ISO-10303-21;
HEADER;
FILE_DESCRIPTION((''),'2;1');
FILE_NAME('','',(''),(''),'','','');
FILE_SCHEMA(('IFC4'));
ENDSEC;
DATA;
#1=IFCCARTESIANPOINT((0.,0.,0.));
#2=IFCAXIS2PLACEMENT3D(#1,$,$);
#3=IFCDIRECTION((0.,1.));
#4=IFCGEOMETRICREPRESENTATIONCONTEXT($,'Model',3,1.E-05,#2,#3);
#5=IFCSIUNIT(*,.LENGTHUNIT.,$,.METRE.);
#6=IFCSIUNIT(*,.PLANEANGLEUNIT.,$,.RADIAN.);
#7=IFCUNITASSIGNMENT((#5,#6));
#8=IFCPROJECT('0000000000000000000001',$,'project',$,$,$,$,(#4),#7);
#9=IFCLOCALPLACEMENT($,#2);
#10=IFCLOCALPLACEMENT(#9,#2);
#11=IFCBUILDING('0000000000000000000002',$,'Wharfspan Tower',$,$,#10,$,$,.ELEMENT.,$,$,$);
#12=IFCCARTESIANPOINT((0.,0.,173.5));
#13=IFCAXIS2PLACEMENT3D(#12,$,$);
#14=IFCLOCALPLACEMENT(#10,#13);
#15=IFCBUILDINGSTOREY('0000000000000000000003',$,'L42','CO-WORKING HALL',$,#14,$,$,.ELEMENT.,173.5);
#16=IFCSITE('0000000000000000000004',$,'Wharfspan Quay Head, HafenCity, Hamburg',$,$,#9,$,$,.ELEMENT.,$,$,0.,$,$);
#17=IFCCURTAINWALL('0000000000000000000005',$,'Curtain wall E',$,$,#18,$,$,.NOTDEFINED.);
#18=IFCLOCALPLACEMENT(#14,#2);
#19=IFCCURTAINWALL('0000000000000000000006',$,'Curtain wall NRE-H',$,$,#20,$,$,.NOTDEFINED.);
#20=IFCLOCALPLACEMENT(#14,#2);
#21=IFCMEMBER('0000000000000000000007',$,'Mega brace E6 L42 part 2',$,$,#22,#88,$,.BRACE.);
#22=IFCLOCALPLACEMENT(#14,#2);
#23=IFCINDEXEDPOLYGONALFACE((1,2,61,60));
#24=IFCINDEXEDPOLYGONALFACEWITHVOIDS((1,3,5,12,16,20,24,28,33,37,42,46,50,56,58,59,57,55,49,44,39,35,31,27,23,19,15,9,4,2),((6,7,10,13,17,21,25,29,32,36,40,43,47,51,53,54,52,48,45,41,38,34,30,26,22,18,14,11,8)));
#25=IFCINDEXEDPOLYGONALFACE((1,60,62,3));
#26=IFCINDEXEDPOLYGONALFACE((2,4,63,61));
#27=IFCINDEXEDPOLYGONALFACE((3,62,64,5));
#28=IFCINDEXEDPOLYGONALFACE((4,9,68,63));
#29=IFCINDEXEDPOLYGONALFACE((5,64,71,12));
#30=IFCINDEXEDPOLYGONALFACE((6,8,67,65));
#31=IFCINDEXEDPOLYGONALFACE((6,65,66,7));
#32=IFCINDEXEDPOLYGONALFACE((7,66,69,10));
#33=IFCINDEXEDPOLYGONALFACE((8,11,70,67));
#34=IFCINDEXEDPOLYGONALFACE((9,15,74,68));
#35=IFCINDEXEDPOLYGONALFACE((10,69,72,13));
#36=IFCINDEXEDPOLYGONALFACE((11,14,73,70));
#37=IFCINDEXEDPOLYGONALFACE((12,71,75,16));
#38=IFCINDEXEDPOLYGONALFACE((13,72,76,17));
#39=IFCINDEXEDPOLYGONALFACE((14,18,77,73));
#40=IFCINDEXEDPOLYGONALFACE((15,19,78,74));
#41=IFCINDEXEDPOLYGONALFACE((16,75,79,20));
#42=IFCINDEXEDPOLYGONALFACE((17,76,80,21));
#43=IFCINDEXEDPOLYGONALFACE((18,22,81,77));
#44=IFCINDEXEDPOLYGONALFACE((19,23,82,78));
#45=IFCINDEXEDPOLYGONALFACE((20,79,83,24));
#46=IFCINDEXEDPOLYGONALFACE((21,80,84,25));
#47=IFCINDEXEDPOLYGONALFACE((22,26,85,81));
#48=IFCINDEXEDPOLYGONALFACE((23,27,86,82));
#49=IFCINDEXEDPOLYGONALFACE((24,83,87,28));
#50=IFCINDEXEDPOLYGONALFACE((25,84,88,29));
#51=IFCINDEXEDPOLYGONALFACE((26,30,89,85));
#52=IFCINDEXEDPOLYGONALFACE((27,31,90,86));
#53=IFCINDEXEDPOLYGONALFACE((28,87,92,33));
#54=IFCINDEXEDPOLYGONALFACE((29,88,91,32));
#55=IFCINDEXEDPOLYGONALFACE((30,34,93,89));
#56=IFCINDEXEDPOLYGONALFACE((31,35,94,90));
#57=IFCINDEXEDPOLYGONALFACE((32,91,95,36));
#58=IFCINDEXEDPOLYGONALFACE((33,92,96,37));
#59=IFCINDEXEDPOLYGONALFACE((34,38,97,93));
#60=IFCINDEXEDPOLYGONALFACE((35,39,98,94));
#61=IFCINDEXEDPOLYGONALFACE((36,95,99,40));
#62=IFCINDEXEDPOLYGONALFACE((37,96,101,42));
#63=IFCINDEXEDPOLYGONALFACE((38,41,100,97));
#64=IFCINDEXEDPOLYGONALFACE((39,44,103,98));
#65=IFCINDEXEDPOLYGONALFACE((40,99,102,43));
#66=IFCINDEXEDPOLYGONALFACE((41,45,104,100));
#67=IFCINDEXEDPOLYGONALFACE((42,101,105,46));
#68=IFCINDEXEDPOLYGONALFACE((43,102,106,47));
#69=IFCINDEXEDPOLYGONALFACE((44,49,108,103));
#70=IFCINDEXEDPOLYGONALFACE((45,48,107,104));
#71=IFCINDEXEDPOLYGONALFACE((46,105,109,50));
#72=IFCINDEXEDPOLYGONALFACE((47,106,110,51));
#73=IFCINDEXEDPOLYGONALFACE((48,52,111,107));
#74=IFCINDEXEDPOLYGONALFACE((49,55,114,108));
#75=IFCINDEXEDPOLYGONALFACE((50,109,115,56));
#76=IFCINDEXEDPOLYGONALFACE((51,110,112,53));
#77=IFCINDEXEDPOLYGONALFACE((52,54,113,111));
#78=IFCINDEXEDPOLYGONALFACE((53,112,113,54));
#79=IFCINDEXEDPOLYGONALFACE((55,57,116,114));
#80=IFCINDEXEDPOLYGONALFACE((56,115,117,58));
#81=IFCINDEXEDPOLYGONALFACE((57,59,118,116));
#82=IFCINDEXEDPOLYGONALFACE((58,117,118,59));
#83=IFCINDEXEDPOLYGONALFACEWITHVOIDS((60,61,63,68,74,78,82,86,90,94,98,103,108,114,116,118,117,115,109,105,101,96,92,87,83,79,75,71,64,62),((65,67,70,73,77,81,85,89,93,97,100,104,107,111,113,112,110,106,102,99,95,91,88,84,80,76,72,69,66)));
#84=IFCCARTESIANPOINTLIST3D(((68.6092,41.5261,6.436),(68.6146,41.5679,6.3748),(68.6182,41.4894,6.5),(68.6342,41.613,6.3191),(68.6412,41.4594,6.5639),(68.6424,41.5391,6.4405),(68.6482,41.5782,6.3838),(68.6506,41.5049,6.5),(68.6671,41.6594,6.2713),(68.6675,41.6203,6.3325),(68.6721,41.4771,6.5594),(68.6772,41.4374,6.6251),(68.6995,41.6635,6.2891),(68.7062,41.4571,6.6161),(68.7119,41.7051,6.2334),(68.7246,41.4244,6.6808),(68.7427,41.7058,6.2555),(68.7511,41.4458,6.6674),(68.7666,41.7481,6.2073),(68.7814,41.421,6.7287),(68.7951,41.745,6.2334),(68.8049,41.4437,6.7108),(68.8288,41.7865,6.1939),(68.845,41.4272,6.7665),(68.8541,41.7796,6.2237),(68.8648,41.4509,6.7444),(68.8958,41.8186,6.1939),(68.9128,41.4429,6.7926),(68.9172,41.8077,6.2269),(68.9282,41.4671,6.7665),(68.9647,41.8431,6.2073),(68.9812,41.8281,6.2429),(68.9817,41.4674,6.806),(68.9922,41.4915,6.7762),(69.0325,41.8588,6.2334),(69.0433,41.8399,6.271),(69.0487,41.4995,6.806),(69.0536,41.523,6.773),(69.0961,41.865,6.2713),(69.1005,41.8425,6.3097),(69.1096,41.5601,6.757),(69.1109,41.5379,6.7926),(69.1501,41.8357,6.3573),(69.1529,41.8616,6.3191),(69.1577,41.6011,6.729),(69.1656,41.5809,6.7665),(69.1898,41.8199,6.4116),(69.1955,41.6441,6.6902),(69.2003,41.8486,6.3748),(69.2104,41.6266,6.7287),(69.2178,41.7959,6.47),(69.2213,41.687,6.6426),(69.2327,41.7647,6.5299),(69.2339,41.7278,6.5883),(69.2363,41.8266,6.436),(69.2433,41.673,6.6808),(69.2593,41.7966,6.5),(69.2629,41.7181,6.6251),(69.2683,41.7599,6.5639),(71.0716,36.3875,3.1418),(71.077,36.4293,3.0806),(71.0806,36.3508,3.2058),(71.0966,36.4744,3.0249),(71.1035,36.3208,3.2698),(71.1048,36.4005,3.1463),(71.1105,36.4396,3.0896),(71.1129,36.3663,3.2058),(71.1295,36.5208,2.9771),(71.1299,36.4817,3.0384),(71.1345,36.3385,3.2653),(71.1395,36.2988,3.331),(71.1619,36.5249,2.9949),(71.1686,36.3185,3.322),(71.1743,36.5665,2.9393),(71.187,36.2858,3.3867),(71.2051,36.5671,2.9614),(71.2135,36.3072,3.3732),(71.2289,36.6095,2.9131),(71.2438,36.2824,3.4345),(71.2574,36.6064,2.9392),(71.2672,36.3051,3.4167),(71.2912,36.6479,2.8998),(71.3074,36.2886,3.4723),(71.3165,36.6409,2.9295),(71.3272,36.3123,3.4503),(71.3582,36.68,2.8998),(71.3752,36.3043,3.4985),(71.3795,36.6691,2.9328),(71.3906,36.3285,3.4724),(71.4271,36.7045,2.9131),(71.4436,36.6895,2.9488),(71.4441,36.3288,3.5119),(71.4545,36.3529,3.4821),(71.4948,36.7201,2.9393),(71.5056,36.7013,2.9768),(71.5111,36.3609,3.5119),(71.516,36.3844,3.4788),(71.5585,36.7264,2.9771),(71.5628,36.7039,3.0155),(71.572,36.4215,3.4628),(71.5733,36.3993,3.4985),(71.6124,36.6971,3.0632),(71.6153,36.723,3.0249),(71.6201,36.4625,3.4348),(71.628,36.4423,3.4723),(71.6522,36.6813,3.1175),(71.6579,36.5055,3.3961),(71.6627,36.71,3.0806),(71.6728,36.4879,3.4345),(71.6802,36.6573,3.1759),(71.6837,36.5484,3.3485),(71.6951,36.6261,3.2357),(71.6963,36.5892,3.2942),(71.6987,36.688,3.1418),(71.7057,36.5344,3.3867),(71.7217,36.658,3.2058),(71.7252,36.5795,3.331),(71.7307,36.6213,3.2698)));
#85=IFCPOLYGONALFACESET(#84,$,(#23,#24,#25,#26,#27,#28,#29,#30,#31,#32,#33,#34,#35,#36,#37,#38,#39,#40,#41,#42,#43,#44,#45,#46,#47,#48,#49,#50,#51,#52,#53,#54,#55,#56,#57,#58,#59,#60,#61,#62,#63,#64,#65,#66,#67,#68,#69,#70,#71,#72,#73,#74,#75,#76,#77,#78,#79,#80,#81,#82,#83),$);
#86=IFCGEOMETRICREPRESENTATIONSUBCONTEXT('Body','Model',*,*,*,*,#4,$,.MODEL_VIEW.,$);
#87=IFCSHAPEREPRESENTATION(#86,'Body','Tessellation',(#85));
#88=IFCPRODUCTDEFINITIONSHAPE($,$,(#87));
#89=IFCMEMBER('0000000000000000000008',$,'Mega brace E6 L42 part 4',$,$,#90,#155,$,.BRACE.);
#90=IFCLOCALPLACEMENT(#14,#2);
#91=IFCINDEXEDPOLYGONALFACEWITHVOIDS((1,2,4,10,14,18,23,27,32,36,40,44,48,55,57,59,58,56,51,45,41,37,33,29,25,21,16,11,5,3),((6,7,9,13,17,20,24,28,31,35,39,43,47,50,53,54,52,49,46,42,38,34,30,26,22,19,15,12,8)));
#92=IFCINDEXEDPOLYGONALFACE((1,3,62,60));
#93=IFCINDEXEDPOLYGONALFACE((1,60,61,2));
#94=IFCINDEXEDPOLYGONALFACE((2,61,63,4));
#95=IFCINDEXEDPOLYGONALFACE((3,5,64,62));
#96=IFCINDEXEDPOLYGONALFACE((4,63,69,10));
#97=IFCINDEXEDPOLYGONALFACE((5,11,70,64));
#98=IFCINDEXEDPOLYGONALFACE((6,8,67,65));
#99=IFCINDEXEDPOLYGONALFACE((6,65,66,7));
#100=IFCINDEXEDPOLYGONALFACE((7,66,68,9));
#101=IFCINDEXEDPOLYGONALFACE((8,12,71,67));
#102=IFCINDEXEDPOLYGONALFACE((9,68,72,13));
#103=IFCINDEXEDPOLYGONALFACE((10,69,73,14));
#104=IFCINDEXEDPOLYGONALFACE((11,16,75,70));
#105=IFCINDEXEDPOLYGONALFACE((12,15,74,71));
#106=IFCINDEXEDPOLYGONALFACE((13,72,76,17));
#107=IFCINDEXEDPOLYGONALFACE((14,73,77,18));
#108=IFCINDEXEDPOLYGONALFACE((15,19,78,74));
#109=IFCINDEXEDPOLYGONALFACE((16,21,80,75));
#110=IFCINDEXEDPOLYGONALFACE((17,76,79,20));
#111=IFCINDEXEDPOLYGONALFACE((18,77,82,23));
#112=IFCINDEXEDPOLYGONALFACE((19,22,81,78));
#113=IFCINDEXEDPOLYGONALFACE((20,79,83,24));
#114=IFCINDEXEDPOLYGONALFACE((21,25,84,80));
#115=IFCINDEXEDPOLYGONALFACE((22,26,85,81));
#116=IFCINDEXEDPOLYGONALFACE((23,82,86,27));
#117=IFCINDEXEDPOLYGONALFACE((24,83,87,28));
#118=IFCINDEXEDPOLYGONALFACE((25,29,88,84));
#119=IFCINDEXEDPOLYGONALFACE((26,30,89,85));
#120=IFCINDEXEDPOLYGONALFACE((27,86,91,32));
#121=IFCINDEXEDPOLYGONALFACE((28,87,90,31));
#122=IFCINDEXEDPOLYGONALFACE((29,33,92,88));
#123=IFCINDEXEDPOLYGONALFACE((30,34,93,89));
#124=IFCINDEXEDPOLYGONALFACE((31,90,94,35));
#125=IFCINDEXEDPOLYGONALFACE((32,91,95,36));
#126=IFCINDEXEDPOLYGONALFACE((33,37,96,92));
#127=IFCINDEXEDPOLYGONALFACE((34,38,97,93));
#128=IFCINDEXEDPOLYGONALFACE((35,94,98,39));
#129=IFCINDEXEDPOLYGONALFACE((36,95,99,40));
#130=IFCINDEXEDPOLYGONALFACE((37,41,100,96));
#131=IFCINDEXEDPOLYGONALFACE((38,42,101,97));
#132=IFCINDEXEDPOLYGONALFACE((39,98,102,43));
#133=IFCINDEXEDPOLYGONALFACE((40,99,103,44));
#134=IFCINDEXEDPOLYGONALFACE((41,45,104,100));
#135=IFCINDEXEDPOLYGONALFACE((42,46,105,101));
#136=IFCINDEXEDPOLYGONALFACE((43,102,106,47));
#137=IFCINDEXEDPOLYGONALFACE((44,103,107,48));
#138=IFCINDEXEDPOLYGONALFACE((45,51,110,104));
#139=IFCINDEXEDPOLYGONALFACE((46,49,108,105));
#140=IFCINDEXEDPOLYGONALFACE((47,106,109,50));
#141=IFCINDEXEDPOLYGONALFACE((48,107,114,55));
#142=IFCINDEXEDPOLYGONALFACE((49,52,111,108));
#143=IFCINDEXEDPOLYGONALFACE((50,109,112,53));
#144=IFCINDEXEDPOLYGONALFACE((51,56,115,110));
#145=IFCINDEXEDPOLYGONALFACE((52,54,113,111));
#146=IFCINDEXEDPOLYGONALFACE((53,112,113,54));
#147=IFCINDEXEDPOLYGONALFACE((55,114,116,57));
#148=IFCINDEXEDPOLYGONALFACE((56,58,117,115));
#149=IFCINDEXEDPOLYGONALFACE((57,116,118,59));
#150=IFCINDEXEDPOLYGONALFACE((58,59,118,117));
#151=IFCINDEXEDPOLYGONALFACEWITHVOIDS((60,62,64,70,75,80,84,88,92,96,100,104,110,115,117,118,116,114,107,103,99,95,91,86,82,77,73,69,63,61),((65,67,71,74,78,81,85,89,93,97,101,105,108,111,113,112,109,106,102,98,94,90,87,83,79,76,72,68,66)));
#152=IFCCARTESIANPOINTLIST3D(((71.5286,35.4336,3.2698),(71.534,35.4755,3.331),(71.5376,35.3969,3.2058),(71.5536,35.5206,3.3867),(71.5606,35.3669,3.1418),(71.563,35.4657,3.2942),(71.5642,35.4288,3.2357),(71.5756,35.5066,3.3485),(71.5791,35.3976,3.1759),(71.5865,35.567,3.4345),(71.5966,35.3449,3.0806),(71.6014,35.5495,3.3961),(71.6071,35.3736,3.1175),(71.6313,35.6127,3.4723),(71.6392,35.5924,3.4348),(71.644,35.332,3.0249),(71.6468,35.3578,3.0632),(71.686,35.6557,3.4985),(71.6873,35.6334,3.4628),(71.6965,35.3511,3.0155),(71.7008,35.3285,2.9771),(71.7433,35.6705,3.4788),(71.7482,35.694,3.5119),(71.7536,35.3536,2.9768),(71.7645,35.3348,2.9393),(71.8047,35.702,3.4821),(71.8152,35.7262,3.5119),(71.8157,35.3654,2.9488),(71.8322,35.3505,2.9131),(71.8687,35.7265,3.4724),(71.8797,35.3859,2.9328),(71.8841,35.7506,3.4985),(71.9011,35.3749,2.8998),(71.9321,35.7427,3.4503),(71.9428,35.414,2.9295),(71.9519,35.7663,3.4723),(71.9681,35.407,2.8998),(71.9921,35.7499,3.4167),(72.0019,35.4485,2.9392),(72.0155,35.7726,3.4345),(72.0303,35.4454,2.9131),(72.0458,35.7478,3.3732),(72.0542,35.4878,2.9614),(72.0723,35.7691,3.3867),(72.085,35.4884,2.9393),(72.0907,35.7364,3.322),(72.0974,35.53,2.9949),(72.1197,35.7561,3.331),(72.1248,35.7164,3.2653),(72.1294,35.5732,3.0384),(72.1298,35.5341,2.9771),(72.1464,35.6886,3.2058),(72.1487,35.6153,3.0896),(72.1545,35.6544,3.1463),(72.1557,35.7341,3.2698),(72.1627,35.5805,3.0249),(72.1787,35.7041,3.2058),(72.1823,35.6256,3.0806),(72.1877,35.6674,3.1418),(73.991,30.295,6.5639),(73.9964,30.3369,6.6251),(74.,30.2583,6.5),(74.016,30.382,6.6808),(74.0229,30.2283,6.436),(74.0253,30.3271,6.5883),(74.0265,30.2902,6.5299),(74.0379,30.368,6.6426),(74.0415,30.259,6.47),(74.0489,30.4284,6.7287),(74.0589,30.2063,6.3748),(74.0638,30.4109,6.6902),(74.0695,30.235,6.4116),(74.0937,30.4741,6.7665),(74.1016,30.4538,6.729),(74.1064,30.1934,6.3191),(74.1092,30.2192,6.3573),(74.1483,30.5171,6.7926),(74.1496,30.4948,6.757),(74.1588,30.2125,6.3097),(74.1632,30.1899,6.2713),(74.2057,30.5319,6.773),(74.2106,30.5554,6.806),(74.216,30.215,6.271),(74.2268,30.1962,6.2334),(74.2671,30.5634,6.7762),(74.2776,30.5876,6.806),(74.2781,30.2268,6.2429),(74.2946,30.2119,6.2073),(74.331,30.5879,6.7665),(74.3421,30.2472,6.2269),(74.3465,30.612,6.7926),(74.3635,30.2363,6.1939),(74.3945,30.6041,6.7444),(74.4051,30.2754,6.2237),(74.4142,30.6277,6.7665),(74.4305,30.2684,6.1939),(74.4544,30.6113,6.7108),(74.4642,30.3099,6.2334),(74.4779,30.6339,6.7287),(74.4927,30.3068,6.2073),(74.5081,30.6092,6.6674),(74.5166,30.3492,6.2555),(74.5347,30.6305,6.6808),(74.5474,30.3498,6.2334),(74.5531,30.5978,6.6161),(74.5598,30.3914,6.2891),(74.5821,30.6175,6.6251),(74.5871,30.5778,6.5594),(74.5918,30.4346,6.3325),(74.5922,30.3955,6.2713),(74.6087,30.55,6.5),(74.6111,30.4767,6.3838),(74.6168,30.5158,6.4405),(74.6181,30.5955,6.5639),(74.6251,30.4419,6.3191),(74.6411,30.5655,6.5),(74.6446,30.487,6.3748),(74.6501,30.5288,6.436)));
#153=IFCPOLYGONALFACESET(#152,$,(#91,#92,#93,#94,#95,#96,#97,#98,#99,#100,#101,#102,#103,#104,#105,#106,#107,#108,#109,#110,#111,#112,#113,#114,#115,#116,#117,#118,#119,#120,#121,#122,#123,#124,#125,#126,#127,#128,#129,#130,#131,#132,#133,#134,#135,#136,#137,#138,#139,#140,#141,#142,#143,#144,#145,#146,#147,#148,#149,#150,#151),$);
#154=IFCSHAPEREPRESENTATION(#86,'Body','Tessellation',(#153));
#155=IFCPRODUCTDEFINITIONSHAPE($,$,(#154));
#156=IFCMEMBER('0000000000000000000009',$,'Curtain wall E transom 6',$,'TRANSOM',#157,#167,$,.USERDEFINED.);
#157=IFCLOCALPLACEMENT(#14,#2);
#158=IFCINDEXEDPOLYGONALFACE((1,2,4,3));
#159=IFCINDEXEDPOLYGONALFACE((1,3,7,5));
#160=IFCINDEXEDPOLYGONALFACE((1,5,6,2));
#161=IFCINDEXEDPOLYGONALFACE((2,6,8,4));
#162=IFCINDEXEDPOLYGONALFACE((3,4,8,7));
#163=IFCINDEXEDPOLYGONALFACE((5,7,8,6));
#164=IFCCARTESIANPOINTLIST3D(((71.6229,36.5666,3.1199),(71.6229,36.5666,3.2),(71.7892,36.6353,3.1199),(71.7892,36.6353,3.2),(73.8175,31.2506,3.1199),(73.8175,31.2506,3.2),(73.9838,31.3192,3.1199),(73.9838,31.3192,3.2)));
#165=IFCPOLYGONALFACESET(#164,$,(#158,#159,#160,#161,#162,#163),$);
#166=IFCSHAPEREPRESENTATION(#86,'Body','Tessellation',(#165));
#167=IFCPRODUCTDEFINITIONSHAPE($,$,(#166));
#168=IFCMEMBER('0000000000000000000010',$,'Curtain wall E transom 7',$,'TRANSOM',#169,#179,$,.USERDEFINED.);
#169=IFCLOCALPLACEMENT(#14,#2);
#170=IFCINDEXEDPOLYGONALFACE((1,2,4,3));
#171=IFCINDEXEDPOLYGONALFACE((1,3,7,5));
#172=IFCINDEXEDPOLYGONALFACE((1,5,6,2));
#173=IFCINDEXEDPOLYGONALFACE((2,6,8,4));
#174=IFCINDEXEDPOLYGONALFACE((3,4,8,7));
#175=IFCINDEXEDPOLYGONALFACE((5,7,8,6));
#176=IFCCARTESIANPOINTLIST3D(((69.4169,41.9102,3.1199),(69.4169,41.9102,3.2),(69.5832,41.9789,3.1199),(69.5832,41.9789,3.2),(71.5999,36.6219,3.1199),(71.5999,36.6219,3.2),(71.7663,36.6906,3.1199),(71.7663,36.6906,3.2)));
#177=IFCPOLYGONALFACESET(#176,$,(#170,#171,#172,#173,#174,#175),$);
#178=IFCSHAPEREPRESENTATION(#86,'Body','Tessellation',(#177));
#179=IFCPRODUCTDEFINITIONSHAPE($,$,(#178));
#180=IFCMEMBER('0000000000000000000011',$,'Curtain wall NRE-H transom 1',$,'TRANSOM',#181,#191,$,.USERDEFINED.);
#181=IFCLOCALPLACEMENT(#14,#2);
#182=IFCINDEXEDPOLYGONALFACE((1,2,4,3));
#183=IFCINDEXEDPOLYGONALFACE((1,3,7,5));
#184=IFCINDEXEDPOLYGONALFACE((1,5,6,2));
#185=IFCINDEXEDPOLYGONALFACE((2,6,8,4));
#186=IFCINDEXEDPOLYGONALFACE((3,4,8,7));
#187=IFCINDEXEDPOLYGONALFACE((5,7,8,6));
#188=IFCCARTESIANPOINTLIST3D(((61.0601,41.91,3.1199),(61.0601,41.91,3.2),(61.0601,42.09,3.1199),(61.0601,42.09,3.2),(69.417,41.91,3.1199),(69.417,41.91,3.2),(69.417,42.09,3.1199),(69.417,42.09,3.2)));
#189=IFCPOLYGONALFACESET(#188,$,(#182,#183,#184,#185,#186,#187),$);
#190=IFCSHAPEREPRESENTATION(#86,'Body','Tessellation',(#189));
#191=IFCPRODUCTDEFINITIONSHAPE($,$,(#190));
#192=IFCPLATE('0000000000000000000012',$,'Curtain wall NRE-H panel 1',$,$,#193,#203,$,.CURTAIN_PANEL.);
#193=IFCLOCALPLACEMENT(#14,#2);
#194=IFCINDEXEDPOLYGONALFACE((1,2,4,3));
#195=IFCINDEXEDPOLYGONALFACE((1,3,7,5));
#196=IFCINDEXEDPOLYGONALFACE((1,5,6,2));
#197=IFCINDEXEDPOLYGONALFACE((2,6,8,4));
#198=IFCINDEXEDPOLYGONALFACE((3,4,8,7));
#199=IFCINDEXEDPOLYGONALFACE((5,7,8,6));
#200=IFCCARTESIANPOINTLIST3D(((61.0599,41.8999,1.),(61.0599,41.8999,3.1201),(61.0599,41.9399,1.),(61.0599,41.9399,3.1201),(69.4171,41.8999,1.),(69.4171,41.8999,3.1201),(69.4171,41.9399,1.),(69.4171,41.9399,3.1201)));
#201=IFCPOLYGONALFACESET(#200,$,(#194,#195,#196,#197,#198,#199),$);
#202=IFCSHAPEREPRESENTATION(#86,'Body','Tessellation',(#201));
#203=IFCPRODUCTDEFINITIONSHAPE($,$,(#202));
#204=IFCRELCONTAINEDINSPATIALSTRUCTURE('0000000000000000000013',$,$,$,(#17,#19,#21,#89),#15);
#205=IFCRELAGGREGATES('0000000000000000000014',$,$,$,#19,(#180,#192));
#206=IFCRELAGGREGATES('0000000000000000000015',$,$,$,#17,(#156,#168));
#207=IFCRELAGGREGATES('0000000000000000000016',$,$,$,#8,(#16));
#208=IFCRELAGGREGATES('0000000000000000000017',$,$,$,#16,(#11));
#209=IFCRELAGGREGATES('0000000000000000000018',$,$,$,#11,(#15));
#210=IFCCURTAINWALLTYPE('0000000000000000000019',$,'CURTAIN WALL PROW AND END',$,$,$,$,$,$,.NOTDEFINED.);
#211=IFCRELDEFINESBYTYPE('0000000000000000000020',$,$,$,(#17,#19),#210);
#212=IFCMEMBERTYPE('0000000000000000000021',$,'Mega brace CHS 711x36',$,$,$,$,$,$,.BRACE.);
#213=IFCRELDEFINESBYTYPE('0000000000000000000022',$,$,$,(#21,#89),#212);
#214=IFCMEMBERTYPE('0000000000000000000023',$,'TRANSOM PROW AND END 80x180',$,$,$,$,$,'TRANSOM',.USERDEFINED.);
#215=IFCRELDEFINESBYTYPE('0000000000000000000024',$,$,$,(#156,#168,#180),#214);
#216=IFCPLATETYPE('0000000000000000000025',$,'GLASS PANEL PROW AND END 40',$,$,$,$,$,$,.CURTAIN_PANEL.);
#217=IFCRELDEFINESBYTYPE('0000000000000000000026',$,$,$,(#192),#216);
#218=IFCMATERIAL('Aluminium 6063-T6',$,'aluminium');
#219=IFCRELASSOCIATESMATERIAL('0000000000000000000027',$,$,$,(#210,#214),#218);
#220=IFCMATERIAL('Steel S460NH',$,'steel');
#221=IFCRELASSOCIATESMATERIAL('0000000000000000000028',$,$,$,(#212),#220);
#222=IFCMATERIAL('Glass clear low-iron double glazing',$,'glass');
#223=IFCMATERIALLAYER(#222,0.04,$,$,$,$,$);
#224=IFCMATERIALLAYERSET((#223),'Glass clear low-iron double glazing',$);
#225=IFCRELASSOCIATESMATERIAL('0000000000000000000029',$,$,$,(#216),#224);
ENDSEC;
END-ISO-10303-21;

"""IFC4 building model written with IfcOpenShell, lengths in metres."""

from ifc_helpers import new_model, si_unit, direction, frame, origin, origin_2d, place, context, subcontext, project, spatial, rectangle, hollow_circle, extrude, material, layer, layer_set, material_profile, profile_set, type_object, element, aggregate, save


model = new_model("IFC4")

# Units and contexts
model_context = context("Model", 3, precision=1e-05, world=origin(), true_north=direction((0.0, 1.0)))
body_context = subcontext(model_context, "Body", "Model", "MODEL_VIEW")
ifc_project = project(units=[si_unit("LENGTHUNIT", "METRE"), si_unit("PLANEANGLEUNIT", "RADIAN")], contexts=[model_context])

# Site, building, storey
site_placement = place(None, origin())
site = spatial("IfcSite", under=ifc_project, at=site_placement, Name="Wharfspan Quay Head, HafenCity, Hamburg", CompositionType="ELEMENT", RefElevation=0.0)
building_placement = place(site_placement, origin())
building = spatial("IfcBuilding", under=site, at=building_placement, Name="Wharfspan Tower", CompositionType="ELEMENT")
storey_placement = place(building_placement, frame((0.0, 0.0, 173.5)))
storey = spatial("IfcBuildingStorey", under=building, at=storey_placement, Name="L42", Description="CO-WORKING HALL", CompositionType="ELEMENT", Elevation=173.5)

# Curtain walls
ifc_material_1 = material(Name="Aluminium 6063-T6", Category="aluminium")
curtain_wall_type = type_object("IfcCurtainWallType", Name="CURTAIN WALL PROW AND END", PredefinedType="NOTDEFINED", material=ifc_material_1)
curtain_wall_1_placement = place(storey_placement, origin())
curtain_wall_1 = element("IfcCurtainWall", 1, at=curtain_wall_1_placement, inside=storey, type_object=curtain_wall_type, Name="Curtain wall E", PredefinedType="NOTDEFINED")
curtain_wall_2_placement = place(storey_placement, origin())
curtain_wall_2 = element("IfcCurtainWall", 2, at=curtain_wall_2_placement, inside=storey, type_object=curtain_wall_type, Name="Curtain wall NRE-H", PredefinedType="NOTDEFINED")

# Members
ifc_material_2 = material(Name="Steel S460NH", Category="steel")
ifc_material_profile_1 = material_profile(ifc_material_2, hollow_circle(Radius=0.3555, WallThickness=0.0359, at=origin_2d()))
ifc_profile_set_1 = profile_set([ifc_material_profile_1], Name="Steel S460NH")
member_type_1 = type_object("IfcMemberType", Name="Mega brace CHS 711x36", PredefinedType="BRACE", material=ifc_profile_set_1)
for number, where, z_axis, x_axis, name in (
    (3, (71.4011, 36.5044, 3.2058), (-0.374119, 0.780731, 0.500494), (-0.90181, -0.432137, -0.000003), "Mega brace E6 L42 part 2"),
    (4, (71.8582, 35.5505, 3.2058), (0.374119, -0.780731, 0.500494), (0.90181, 0.432137, -0.000003), "Mega brace E6 L42 part 4"),
):
    element("IfcMember", number, at=place(storey_placement, frame(where, z_axis=z_axis, x_axis=x_axis)), inside=storey, type_object=member_type_1, Name=name, PredefinedType="BRACE", context=body_context, shape_type="SweptSolid", body=[
        extrude(hollow_circle(Radius=0.3555, WallThickness=0.0359, at=origin_2d()), origin(), (0.0, 0.0, 1.0), 6.5818),
    ])

# Members
ifc_material_profile_2 = material_profile(ifc_material_1, rectangle(XDim=0.1799, YDim=0.0801, at=origin_2d()))
ifc_profile_set_2 = profile_set([ifc_material_profile_2], Name="Aluminium 6063-T6")
member_type_2 = type_object("IfcMemberType", Name="TRANSOM PROW AND END 80x180", ElementType="TRANSOM", PredefinedType="USERDEFINED", material=ifc_profile_set_2)
member_1_placement = place(storey_placement, frame((73.9006, 31.2849, 3.1599), z_axis=(-0.381593, 0.92433, 0.0), x_axis=(-0.92433, -0.381593, 0.0)))
member_1 = element("IfcMember", 5, at=member_1_placement, type_object=member_type_2, Name="Curtain wall E transom 6", ObjectType="TRANSOM", PredefinedType="USERDEFINED", context=body_context, shape_type="SweptSolid", body=[
    extrude(rectangle(XDim=0.1799, YDim=0.0801, at=origin_2d()), origin(), (0.0, 0.0, 1.0), 5.7512),
])
member_2_placement = place(storey_placement, frame((71.6831, 36.6562, 3.1599), z_axis=(-0.38158, 0.924336, 0.0), x_axis=(-0.924336, -0.38158, 0.0)))
member_2 = element("IfcMember", 6, at=member_2_placement, type_object=member_type_2, Name="Curtain wall E transom 7", ObjectType="TRANSOM", PredefinedType="USERDEFINED", context=body_context, shape_type="SweptSolid", body=[
    extrude(rectangle(XDim=0.1799, YDim=0.0801, at=origin_2d()), origin(), (0.0, 0.0, 1.0), 5.7212),
])
member_3_placement = place(storey_placement, frame((69.417, 42.0, 3.1599), z_axis=(-1.0, 0.0, 0.0), x_axis=(0.0, -1.0, 0.0)))
member_3 = element("IfcMember", 7, at=member_3_placement, type_object=member_type_2, Name="Curtain wall NRE-H transom 1", ObjectType="TRANSOM", PredefinedType="USERDEFINED", context=body_context, shape_type="SweptSolid", body=[
    extrude(rectangle(XDim=0.1799, YDim=0.0801, at=origin_2d()), origin(), (0.0, 0.0, 1.0), 8.3569),
])

# Plate
ifc_material_3 = material(Name="Glass clear low-iron double glazing", Category="glass")
ifc_layer_1 = layer(ifc_material_3, 0.04)
ifc_layer_set_1 = layer_set([ifc_layer_1], Name="Glass clear low-iron double glazing")
plate_type_1 = type_object("IfcPlateType", Name="GLASS PANEL PROW AND END 40", PredefinedType="CURTAIN_PANEL", material=ifc_layer_set_1)
plate_1_placement = place(storey_placement, frame((65.2385, 41.9199, 1.0), z_axis=(0.0, 0.0, 1.0), x_axis=(-1.0, 0.0, 0.0)))
plate_1 = element("IfcPlate", 8, at=plate_1_placement, type_object=plate_type_1, Name="Curtain wall NRE-H panel 1", PredefinedType="CURTAIN_PANEL", context=body_context, shape_type="SweptSolid", body=[
    extrude(rectangle(XDim=8.3572, YDim=0.04, at=origin_2d()), origin(), (0.0, 0.0, 1.0), 2.1201),
])
aggregate(curtain_wall_2, [member_3, plate_1])
aggregate(curtain_wall_1, [member_1, member_2])

save(model, "model.ifc")
